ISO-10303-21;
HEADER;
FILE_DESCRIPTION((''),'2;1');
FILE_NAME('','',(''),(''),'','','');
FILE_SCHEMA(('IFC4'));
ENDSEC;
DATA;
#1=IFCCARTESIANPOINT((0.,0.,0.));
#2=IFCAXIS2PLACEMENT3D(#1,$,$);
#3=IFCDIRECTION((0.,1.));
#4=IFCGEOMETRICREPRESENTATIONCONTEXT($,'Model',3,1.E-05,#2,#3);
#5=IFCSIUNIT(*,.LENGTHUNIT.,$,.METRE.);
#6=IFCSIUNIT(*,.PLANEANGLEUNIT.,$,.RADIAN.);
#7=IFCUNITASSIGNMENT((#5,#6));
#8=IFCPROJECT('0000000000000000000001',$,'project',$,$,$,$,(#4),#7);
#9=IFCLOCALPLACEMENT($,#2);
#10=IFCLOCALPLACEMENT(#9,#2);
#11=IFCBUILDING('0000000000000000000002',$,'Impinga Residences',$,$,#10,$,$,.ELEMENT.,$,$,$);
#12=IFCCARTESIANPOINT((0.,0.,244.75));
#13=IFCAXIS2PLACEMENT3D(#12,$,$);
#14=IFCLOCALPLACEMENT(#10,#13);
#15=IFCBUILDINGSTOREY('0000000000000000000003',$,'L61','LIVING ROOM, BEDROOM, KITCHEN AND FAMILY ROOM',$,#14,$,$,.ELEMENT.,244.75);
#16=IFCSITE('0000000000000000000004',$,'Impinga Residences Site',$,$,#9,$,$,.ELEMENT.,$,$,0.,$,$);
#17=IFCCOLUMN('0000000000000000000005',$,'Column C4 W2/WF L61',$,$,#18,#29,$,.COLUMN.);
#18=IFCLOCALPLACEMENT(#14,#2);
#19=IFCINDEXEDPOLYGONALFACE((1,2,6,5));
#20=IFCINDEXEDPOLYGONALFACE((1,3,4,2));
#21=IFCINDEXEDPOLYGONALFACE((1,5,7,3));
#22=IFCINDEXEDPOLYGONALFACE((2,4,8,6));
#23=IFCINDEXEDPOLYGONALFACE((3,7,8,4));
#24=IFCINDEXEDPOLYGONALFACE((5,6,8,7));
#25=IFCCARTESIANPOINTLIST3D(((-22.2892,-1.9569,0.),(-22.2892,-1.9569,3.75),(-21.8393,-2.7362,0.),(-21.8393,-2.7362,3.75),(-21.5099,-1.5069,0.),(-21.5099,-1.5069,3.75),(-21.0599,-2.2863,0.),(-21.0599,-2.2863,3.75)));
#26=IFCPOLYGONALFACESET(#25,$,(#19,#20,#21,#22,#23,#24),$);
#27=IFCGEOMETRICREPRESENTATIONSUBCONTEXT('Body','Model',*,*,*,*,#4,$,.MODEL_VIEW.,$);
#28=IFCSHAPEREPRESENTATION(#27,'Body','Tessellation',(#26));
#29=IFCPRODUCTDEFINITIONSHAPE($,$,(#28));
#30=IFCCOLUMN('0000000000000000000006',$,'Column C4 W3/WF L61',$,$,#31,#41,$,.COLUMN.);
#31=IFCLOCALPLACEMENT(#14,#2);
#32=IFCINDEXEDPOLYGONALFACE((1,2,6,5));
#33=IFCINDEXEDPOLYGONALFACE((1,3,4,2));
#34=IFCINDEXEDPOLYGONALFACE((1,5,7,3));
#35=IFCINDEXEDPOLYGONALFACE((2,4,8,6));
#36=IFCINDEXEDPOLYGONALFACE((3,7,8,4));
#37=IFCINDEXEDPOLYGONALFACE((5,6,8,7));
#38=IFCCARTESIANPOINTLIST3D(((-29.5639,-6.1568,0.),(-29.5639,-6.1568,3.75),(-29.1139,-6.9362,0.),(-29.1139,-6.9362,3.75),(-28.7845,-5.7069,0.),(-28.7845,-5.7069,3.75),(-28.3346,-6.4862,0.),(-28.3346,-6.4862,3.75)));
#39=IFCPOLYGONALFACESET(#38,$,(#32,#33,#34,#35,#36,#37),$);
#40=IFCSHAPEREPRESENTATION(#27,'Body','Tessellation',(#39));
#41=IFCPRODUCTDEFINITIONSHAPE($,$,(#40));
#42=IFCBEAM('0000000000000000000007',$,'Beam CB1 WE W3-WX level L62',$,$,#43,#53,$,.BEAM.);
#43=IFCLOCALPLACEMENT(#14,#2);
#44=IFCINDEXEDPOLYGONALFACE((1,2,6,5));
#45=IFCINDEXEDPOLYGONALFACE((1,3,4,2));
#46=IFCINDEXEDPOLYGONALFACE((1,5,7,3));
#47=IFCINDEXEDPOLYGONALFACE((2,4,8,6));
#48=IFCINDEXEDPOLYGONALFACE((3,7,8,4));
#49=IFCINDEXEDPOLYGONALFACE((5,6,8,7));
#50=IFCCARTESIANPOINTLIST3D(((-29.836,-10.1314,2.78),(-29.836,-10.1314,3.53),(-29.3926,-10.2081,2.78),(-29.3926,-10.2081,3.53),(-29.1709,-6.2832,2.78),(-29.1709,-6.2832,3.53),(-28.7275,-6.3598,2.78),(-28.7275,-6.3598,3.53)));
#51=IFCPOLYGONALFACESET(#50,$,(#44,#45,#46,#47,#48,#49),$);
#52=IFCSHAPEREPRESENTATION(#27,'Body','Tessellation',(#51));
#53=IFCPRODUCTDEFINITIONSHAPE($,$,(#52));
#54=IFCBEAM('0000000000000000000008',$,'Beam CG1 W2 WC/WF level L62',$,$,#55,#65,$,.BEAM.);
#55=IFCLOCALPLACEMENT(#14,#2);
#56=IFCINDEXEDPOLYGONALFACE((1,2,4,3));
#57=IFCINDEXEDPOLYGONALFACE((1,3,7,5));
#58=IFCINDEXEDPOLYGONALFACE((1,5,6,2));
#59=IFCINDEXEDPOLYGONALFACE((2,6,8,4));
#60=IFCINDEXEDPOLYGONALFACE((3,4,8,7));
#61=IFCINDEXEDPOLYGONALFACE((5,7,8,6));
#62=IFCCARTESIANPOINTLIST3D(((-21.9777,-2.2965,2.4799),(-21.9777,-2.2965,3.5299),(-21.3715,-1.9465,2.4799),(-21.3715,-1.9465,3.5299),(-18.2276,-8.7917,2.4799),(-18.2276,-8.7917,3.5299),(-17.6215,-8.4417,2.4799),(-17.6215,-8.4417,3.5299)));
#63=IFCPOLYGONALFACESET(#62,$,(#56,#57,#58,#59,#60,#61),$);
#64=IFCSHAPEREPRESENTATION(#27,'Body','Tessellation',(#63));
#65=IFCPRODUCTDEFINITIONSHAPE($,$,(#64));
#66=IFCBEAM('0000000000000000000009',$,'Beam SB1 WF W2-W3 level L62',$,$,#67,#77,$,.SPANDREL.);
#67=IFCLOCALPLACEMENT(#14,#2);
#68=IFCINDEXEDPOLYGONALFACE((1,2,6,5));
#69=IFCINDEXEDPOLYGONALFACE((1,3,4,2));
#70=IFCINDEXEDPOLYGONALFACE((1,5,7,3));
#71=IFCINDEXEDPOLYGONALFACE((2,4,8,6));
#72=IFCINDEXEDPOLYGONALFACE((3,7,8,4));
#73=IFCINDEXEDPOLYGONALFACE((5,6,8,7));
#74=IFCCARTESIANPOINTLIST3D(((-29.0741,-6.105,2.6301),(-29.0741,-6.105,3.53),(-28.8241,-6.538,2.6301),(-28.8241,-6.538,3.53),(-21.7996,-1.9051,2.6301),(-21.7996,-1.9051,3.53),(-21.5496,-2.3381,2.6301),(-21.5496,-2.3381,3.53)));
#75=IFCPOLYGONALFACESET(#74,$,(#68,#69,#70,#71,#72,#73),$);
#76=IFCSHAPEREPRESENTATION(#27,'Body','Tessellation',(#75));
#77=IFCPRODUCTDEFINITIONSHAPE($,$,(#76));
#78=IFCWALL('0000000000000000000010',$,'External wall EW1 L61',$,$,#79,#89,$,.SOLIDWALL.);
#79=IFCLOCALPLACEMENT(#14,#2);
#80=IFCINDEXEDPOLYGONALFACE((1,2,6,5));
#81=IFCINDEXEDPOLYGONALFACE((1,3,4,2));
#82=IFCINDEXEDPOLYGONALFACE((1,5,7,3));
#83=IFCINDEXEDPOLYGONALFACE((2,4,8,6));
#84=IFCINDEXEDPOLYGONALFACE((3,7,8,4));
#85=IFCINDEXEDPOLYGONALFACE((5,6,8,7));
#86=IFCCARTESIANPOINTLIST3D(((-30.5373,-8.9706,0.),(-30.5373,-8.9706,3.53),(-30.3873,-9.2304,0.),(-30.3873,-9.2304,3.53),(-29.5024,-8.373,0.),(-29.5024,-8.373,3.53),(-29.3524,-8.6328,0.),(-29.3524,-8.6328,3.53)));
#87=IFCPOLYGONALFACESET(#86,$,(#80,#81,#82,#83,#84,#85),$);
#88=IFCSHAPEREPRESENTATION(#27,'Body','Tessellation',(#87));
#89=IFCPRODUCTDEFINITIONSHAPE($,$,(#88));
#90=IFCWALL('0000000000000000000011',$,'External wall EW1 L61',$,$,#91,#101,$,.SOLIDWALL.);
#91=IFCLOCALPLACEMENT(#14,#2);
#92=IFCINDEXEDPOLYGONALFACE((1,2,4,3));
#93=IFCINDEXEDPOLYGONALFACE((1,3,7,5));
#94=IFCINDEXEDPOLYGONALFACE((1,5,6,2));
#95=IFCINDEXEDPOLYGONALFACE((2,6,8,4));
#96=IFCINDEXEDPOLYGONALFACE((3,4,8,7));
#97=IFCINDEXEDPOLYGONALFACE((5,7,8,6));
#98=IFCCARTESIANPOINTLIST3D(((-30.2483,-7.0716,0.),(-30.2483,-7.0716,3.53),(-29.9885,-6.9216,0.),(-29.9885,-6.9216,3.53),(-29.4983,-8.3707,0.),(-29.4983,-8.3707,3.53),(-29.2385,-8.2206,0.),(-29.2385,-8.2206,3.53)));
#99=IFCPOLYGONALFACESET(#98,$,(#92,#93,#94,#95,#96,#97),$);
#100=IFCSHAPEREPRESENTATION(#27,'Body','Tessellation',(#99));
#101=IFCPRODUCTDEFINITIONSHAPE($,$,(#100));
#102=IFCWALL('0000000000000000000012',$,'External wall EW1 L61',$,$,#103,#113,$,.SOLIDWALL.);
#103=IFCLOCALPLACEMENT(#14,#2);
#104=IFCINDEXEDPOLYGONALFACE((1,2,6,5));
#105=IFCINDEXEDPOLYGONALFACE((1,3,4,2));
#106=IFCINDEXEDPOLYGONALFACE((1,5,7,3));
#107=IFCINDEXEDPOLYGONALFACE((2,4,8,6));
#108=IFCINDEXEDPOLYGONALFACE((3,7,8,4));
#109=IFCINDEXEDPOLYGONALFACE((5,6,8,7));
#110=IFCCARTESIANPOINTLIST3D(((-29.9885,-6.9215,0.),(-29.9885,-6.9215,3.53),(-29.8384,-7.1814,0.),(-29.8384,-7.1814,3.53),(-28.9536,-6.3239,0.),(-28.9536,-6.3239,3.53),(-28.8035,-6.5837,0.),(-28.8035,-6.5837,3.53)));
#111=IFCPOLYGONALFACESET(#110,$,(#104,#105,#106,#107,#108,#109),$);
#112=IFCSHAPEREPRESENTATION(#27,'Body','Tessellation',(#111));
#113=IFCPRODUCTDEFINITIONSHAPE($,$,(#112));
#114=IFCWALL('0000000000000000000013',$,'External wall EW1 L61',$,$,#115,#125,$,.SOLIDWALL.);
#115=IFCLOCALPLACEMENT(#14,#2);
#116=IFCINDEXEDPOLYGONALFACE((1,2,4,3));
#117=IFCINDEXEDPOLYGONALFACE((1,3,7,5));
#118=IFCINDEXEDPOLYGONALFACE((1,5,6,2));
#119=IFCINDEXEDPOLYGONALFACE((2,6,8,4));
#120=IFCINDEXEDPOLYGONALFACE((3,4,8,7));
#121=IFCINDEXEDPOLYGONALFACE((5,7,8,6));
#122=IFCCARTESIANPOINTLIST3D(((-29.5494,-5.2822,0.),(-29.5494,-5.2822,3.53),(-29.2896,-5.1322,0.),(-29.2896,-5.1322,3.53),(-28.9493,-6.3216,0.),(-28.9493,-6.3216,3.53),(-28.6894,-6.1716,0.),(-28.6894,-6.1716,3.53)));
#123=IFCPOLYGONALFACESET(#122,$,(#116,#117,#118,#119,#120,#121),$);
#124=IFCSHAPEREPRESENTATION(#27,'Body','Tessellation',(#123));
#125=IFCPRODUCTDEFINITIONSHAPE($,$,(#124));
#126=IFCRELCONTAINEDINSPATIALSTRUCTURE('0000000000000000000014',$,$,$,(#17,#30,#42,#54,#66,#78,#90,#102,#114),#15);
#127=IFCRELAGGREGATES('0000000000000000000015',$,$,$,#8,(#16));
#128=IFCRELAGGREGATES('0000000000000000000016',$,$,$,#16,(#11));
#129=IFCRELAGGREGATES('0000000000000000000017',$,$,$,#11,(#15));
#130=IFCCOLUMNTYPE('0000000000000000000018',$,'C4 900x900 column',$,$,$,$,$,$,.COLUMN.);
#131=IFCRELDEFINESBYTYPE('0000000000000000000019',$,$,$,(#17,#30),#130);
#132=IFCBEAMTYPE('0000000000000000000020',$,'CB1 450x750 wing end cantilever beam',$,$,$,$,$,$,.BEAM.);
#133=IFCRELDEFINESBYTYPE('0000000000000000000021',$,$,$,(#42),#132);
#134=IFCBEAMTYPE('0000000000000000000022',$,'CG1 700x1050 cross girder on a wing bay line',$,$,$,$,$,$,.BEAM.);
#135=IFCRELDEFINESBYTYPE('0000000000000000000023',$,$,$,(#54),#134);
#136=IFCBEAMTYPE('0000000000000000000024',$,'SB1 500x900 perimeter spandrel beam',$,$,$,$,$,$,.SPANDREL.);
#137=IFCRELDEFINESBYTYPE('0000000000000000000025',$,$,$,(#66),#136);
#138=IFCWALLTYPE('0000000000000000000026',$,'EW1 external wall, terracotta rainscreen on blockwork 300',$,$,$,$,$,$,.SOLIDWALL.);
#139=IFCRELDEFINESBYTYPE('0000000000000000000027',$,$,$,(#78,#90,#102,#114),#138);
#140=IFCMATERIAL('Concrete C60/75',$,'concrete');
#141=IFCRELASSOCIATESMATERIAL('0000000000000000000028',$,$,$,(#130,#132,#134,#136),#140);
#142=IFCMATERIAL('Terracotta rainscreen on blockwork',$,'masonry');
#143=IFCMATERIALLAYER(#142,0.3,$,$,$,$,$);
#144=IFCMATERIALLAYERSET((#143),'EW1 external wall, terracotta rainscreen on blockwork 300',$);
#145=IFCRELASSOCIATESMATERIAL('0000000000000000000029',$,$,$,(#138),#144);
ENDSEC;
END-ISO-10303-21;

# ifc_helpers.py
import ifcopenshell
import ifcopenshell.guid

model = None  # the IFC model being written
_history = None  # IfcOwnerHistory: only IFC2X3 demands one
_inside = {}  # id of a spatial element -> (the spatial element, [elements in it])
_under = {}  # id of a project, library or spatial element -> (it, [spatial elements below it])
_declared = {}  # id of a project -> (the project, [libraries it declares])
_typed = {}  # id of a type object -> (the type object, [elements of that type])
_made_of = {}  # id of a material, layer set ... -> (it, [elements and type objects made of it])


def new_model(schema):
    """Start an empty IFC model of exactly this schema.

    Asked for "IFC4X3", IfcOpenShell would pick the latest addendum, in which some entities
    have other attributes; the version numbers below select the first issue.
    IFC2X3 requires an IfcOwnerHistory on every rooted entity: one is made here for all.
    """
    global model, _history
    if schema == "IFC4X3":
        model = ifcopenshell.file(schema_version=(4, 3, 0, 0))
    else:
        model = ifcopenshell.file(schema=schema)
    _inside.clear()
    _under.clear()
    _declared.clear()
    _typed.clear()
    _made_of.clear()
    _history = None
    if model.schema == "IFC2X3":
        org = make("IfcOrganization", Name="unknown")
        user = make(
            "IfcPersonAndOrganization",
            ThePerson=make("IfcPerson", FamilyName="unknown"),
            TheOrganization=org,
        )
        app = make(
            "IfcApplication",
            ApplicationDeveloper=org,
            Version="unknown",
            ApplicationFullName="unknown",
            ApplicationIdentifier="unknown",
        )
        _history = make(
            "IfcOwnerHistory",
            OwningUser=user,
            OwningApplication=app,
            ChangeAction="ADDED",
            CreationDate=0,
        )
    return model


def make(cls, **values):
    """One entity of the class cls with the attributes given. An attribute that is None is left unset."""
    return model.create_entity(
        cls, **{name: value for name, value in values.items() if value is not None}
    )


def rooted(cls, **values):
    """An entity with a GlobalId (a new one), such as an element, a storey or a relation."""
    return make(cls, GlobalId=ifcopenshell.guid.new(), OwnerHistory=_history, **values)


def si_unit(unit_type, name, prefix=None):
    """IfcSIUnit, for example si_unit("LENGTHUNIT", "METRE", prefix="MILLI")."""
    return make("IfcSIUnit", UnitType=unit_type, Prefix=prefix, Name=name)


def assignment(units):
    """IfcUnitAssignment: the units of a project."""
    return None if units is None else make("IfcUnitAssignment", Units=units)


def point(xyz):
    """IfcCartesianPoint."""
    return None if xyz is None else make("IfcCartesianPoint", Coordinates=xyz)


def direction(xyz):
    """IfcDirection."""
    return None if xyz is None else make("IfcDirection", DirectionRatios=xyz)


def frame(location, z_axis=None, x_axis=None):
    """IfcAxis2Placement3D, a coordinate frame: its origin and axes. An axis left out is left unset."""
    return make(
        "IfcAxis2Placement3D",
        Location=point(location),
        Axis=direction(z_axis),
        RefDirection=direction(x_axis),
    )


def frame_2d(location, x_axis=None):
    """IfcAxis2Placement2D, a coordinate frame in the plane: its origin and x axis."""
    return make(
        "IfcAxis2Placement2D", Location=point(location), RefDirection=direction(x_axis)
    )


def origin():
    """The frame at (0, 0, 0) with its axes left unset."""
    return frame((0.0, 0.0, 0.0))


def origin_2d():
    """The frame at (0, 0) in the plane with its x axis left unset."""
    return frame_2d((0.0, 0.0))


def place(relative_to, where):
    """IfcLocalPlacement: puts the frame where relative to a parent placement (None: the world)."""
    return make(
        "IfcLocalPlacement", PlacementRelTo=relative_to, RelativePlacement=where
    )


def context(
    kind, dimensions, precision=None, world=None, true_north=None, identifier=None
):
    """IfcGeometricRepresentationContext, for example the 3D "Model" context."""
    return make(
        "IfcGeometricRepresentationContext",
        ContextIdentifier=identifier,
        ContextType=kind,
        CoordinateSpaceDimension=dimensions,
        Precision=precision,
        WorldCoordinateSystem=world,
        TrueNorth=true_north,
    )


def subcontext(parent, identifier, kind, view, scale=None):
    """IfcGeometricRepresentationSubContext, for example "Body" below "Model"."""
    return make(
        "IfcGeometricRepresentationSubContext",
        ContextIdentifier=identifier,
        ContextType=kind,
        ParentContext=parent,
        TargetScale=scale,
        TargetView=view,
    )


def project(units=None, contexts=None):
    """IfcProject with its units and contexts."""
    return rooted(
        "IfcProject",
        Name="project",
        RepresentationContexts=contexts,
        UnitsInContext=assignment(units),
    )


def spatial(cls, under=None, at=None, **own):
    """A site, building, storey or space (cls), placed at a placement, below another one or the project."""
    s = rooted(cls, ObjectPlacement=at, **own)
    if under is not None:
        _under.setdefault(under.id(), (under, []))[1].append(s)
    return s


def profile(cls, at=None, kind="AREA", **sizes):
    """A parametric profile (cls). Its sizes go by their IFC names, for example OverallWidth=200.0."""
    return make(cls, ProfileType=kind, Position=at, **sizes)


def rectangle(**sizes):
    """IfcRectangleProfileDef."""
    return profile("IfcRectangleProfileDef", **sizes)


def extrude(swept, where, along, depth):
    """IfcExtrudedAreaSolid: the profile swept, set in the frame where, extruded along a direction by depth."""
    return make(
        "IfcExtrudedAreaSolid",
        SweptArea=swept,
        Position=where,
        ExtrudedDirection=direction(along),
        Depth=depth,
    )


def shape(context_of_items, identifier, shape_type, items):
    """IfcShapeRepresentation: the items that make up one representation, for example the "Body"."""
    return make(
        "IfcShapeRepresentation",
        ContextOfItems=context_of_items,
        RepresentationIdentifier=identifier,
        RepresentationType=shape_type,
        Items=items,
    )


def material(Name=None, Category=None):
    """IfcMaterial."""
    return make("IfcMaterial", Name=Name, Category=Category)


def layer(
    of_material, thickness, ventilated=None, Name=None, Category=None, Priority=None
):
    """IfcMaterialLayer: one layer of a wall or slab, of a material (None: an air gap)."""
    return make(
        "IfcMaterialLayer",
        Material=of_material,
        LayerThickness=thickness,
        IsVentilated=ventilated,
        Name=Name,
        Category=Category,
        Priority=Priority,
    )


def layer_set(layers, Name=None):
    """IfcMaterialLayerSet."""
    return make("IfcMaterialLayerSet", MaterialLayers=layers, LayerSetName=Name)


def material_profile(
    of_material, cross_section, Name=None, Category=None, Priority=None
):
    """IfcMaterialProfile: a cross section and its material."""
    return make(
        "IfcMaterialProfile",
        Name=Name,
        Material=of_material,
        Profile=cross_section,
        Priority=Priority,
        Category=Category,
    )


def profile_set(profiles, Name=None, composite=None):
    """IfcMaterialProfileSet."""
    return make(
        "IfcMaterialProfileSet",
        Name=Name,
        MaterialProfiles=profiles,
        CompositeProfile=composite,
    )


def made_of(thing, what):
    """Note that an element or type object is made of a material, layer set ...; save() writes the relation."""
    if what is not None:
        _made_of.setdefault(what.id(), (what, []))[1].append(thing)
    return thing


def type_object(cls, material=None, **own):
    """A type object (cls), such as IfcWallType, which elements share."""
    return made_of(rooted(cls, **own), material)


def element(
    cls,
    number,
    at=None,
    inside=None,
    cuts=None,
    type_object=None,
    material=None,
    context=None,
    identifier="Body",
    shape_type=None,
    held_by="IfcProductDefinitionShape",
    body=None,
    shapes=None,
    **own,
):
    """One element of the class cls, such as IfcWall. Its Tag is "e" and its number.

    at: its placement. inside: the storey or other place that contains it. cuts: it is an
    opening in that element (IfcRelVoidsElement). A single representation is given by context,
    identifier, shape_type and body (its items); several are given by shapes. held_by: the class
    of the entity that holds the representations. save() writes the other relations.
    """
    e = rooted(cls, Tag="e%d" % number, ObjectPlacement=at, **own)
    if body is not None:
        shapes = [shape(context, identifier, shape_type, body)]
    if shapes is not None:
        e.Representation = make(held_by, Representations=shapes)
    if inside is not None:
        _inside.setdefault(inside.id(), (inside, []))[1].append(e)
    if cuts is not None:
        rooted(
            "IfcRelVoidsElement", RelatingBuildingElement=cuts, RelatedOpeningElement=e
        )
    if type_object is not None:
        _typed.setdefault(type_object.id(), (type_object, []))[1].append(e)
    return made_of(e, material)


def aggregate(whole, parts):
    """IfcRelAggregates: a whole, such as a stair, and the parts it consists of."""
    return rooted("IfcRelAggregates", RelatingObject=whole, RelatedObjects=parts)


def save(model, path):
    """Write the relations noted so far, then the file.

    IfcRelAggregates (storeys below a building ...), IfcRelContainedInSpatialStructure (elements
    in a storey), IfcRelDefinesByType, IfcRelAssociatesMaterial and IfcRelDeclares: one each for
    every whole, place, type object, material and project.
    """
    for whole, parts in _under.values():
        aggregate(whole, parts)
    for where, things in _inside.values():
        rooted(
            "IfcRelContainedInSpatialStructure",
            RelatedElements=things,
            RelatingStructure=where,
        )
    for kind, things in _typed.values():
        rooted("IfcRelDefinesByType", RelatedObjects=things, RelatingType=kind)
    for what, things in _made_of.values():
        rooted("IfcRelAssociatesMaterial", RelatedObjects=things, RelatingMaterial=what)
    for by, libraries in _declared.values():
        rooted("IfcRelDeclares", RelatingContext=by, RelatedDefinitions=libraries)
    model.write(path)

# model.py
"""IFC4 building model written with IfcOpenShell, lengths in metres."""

from ifc_helpers import new_model, si_unit, direction, frame, frame_2d, origin, origin_2d, place, context, subcontext, project, spatial, rectangle, extrude, material, layer, layer_set, material_profile, profile_set, type_object, element, save


model = new_model("IFC4")

# Units and contexts
model_context = context("Model", 3, precision=1e-05, world=origin(), true_north=direction((0.0, 1.0)))
body_context = subcontext(model_context, "Body", "Model", "MODEL_VIEW")
ifc_project = project(units=[si_unit("LENGTHUNIT", "METRE"), si_unit("PLANEANGLEUNIT", "RADIAN")], contexts=[model_context])

# Site, building, storey
site_placement = place(None, origin())
site = spatial("IfcSite", under=ifc_project, at=site_placement, Name="Impinga Residences Site", CompositionType="ELEMENT", RefElevation=0.0)
building_placement = place(site_placement, origin())
building = spatial("IfcBuilding", under=site, at=building_placement, Name="Impinga Residences", CompositionType="ELEMENT")
storey_placement = place(building_placement, frame((0.0, 0.0, 244.75)))
storey = spatial("IfcBuildingStorey", under=building, at=storey_placement, Name="L61", Description="LIVING ROOM, BEDROOM, KITCHEN AND FAMILY ROOM", CompositionType="ELEMENT", Elevation=244.75)

# Columns
ifc_material_1 = material(Name="Concrete C60/75", Category="concrete")
ifc_material_profile_1 = material_profile(ifc_material_1, rectangle(XDim=0.8999, YDim=0.8999, at=origin_2d()), Name="RC 900x900")
ifc_profile_set_1 = profile_set([ifc_material_profile_1], Name="Concrete C60/75")
column_type = type_object("IfcColumnType", Name="C4 900x900 column", PredefinedType="COLUMN", material=ifc_profile_set_1)
for number, where, z_axis, x_axis, name in (
    (1, (-21.6746, -2.1216, 0.0), (0.0, 0.0, 1.0), (-0.5, 0.866025, 0.0), "Column C4 W2/WF L61"),
    (2, (-28.9492, -6.3215, 0.0), (0.0, 0.0, 1.0), (-0.5, 0.866025, 0.0), "Column C4 W3/WF L61"),
):
    element("IfcColumn", number, at=place(storey_placement, frame(where, z_axis=z_axis, x_axis=x_axis)), inside=storey, type_object=column_type, Name=name, PredefinedType="COLUMN", context=body_context, shape_type="SweptSolid", body=[
        extrude(rectangle(XDim=0.8999, YDim=0.8999, at=origin_2d()), origin(), (0.0, 0.0, 1.0), 3.75),
    ])

# Beams
ifc_material_profile_2 = material_profile(ifc_material_1, rectangle(XDim=0.45, YDim=0.75, at=origin_2d()), Name="RC 450x750")
ifc_profile_set_2 = profile_set([ifc_material_profile_2], Name="Concrete C60/75")
beam_type_1 = type_object("IfcBeamType", Name="CB1 450x750 wing end cantilever beam", PredefinedType="BEAM", material=ifc_profile_set_2)
beam_1_placement = place(storey_placement, frame((-28.9492, -6.3215, 3.155), z_axis=(-0.170296, -0.985393, 0.0), x_axis=(0.985393, -0.170296, 0.0)))
element("IfcBeam", 3, at=beam_1_placement, inside=storey, type_object=beam_type_1, Name="Beam CB1 WE W3-WX level L62", PredefinedType="BEAM", context=body_context, shape_type="SweptSolid", body=[
    extrude(rectangle(XDim=0.45, YDim=0.75, at=origin_2d()), origin(), (0.0, 0.0, 1.0), 3.9053),
])
ifc_material_profile_3 = material_profile(ifc_material_1, rectangle(XDim=0.7, YDim=1.05, at=origin_2d()), Name="RC 700x1050")
ifc_profile_set_3 = profile_set([ifc_material_profile_3], Name="Concrete C60/75")
beam_type_2 = type_object("IfcBeamType", Name="CG1 700x1050 cross girder on a wing bay line", PredefinedType="BEAM", material=ifc_profile_set_3)
beam_2_placement = place(storey_placement, frame((-17.9246, -8.6167, 3.0049), z_axis=(-0.500004, 0.866023, 0.0), x_axis=(-0.866023, -0.500004, 0.0)))
element("IfcBeam", 4, at=beam_2_placement, inside=storey, type_object=beam_type_2, Name="Beam CG1 W2 WC/WF level L62", PredefinedType="BEAM", context=body_context, shape_type="SweptSolid", body=[
    extrude(rectangle(XDim=0.7, YDim=1.05, at=origin_2d()), origin(), (0.0, 0.0, 1.0), 7.5),
])
ifc_material_profile_4 = material_profile(ifc_material_1, rectangle(XDim=0.5, YDim=0.8999, at=origin_2d()), Name="RC 500x900")
ifc_profile_set_4 = profile_set([ifc_material_profile_4], Name="Concrete C60/75")
beam_type_3 = type_object("IfcBeamType", Name="SB1 500x900 perimeter spandrel beam", PredefinedType="SPANDREL", material=ifc_profile_set_4)
beam_3_placement = place(storey_placement, frame((-21.6746, -2.1216, 3.0801), z_axis=(-0.866029, -0.499993, 0.0), x_axis=(0.499993, -0.866029, 0.0)))
element("IfcBeam", 5, at=beam_3_placement, inside=storey, type_object=beam_type_3, Name="Beam SB1 WF W2-W3 level L62", PredefinedType="SPANDREL", context=body_context, shape_type="SweptSolid", body=[
    extrude(rectangle(XDim=0.5, YDim=0.8999, at=origin_2d()), origin(), (0.0, 0.0, 1.0), 8.3999),
])

# Walls
ifc_material_2 = material(Name="Terracotta rainscreen on blockwork", Category="masonry")
ifc_layer_1 = layer(ifc_material_2, 0.3)
ifc_layer_set_1 = layer_set([ifc_layer_1], Name="EW1 external wall, terracotta rainscreen on blockwork 300")
wall_type_1 = type_object("IfcWallType", Name="EW1 external wall, terracotta rainscreen on blockwork 300", PredefinedType="SOLIDWALL", material=ifc_layer_set_1)
wall_1_placement = place(storey_placement, frame((-30.4624, -9.1006, 0.0), z_axis=(0.0, 0.0, 1.0), x_axis=(0.865971, 0.500094, 0.0)))
element("IfcWall", 6, at=wall_1_placement, inside=storey, type_object=wall_type_1, Name="External wall EW1 L61", PredefinedType="SOLIDWALL", context=body_context, shape_type="SweptSolid", body=[
    extrude(rectangle(XDim=1.1951, YDim=0.3, at=frame_2d((0.5977, 0.0))), origin(), (0.0, 0.0, 1.0), 3.53),
])
wall_2_placement = place(storey_placement, frame((-29.3684, -8.2957, 0.0), z_axis=(0.0, 0.0, 1.0), x_axis=(-0.49999, 0.866031, 0.0)))
element("IfcWall", 7, at=wall_2_placement, inside=storey, type_object=wall_type_1, Name="External wall EW1 L61", PredefinedType="SOLIDWALL", context=body_context, shape_type="SweptSolid", body=[
    extrude(rectangle(XDim=1.5, YDim=0.3, at=frame_2d((0.75, 0.0))), origin(), (0.0, 0.0, 1.0), 3.53),
])
wall_3_placement = place(storey_placement, frame((-29.9136, -7.0515, 0.0), z_axis=(0.0, 0.0, 1.0), x_axis=(0.865971, 0.500094, 0.0)))
element("IfcWall", 8, at=wall_3_placement, inside=storey, type_object=wall_type_1, Name="External wall EW1 L61", PredefinedType="SOLIDWALL", context=body_context, shape_type="SweptSolid", body=[
    extrude(rectangle(XDim=1.1951, YDim=0.3, at=frame_2d((0.5977, 0.0))), origin(), (0.0, 0.0, 1.0), 3.53),
])
wall_4_placement = place(storey_placement, frame((-28.8193, -6.2466, 0.0), z_axis=(0.0, 0.0, 1.0), x_axis=(-0.500034, 0.866006, 0.0)))
element("IfcWall", 9, at=wall_4_placement, inside=storey, type_object=wall_type_1, Name="External wall EW1 L61", PredefinedType="SOLIDWALL", context=body_context, shape_type="SweptSolid", body=[
    extrude(rectangle(XDim=1.2002, YDim=0.3, at=frame_2d((0.6001, 0.0))), origin(), (0.0, 0.0, 1.0), 3.53),
])

save(model, "model.ifc")
